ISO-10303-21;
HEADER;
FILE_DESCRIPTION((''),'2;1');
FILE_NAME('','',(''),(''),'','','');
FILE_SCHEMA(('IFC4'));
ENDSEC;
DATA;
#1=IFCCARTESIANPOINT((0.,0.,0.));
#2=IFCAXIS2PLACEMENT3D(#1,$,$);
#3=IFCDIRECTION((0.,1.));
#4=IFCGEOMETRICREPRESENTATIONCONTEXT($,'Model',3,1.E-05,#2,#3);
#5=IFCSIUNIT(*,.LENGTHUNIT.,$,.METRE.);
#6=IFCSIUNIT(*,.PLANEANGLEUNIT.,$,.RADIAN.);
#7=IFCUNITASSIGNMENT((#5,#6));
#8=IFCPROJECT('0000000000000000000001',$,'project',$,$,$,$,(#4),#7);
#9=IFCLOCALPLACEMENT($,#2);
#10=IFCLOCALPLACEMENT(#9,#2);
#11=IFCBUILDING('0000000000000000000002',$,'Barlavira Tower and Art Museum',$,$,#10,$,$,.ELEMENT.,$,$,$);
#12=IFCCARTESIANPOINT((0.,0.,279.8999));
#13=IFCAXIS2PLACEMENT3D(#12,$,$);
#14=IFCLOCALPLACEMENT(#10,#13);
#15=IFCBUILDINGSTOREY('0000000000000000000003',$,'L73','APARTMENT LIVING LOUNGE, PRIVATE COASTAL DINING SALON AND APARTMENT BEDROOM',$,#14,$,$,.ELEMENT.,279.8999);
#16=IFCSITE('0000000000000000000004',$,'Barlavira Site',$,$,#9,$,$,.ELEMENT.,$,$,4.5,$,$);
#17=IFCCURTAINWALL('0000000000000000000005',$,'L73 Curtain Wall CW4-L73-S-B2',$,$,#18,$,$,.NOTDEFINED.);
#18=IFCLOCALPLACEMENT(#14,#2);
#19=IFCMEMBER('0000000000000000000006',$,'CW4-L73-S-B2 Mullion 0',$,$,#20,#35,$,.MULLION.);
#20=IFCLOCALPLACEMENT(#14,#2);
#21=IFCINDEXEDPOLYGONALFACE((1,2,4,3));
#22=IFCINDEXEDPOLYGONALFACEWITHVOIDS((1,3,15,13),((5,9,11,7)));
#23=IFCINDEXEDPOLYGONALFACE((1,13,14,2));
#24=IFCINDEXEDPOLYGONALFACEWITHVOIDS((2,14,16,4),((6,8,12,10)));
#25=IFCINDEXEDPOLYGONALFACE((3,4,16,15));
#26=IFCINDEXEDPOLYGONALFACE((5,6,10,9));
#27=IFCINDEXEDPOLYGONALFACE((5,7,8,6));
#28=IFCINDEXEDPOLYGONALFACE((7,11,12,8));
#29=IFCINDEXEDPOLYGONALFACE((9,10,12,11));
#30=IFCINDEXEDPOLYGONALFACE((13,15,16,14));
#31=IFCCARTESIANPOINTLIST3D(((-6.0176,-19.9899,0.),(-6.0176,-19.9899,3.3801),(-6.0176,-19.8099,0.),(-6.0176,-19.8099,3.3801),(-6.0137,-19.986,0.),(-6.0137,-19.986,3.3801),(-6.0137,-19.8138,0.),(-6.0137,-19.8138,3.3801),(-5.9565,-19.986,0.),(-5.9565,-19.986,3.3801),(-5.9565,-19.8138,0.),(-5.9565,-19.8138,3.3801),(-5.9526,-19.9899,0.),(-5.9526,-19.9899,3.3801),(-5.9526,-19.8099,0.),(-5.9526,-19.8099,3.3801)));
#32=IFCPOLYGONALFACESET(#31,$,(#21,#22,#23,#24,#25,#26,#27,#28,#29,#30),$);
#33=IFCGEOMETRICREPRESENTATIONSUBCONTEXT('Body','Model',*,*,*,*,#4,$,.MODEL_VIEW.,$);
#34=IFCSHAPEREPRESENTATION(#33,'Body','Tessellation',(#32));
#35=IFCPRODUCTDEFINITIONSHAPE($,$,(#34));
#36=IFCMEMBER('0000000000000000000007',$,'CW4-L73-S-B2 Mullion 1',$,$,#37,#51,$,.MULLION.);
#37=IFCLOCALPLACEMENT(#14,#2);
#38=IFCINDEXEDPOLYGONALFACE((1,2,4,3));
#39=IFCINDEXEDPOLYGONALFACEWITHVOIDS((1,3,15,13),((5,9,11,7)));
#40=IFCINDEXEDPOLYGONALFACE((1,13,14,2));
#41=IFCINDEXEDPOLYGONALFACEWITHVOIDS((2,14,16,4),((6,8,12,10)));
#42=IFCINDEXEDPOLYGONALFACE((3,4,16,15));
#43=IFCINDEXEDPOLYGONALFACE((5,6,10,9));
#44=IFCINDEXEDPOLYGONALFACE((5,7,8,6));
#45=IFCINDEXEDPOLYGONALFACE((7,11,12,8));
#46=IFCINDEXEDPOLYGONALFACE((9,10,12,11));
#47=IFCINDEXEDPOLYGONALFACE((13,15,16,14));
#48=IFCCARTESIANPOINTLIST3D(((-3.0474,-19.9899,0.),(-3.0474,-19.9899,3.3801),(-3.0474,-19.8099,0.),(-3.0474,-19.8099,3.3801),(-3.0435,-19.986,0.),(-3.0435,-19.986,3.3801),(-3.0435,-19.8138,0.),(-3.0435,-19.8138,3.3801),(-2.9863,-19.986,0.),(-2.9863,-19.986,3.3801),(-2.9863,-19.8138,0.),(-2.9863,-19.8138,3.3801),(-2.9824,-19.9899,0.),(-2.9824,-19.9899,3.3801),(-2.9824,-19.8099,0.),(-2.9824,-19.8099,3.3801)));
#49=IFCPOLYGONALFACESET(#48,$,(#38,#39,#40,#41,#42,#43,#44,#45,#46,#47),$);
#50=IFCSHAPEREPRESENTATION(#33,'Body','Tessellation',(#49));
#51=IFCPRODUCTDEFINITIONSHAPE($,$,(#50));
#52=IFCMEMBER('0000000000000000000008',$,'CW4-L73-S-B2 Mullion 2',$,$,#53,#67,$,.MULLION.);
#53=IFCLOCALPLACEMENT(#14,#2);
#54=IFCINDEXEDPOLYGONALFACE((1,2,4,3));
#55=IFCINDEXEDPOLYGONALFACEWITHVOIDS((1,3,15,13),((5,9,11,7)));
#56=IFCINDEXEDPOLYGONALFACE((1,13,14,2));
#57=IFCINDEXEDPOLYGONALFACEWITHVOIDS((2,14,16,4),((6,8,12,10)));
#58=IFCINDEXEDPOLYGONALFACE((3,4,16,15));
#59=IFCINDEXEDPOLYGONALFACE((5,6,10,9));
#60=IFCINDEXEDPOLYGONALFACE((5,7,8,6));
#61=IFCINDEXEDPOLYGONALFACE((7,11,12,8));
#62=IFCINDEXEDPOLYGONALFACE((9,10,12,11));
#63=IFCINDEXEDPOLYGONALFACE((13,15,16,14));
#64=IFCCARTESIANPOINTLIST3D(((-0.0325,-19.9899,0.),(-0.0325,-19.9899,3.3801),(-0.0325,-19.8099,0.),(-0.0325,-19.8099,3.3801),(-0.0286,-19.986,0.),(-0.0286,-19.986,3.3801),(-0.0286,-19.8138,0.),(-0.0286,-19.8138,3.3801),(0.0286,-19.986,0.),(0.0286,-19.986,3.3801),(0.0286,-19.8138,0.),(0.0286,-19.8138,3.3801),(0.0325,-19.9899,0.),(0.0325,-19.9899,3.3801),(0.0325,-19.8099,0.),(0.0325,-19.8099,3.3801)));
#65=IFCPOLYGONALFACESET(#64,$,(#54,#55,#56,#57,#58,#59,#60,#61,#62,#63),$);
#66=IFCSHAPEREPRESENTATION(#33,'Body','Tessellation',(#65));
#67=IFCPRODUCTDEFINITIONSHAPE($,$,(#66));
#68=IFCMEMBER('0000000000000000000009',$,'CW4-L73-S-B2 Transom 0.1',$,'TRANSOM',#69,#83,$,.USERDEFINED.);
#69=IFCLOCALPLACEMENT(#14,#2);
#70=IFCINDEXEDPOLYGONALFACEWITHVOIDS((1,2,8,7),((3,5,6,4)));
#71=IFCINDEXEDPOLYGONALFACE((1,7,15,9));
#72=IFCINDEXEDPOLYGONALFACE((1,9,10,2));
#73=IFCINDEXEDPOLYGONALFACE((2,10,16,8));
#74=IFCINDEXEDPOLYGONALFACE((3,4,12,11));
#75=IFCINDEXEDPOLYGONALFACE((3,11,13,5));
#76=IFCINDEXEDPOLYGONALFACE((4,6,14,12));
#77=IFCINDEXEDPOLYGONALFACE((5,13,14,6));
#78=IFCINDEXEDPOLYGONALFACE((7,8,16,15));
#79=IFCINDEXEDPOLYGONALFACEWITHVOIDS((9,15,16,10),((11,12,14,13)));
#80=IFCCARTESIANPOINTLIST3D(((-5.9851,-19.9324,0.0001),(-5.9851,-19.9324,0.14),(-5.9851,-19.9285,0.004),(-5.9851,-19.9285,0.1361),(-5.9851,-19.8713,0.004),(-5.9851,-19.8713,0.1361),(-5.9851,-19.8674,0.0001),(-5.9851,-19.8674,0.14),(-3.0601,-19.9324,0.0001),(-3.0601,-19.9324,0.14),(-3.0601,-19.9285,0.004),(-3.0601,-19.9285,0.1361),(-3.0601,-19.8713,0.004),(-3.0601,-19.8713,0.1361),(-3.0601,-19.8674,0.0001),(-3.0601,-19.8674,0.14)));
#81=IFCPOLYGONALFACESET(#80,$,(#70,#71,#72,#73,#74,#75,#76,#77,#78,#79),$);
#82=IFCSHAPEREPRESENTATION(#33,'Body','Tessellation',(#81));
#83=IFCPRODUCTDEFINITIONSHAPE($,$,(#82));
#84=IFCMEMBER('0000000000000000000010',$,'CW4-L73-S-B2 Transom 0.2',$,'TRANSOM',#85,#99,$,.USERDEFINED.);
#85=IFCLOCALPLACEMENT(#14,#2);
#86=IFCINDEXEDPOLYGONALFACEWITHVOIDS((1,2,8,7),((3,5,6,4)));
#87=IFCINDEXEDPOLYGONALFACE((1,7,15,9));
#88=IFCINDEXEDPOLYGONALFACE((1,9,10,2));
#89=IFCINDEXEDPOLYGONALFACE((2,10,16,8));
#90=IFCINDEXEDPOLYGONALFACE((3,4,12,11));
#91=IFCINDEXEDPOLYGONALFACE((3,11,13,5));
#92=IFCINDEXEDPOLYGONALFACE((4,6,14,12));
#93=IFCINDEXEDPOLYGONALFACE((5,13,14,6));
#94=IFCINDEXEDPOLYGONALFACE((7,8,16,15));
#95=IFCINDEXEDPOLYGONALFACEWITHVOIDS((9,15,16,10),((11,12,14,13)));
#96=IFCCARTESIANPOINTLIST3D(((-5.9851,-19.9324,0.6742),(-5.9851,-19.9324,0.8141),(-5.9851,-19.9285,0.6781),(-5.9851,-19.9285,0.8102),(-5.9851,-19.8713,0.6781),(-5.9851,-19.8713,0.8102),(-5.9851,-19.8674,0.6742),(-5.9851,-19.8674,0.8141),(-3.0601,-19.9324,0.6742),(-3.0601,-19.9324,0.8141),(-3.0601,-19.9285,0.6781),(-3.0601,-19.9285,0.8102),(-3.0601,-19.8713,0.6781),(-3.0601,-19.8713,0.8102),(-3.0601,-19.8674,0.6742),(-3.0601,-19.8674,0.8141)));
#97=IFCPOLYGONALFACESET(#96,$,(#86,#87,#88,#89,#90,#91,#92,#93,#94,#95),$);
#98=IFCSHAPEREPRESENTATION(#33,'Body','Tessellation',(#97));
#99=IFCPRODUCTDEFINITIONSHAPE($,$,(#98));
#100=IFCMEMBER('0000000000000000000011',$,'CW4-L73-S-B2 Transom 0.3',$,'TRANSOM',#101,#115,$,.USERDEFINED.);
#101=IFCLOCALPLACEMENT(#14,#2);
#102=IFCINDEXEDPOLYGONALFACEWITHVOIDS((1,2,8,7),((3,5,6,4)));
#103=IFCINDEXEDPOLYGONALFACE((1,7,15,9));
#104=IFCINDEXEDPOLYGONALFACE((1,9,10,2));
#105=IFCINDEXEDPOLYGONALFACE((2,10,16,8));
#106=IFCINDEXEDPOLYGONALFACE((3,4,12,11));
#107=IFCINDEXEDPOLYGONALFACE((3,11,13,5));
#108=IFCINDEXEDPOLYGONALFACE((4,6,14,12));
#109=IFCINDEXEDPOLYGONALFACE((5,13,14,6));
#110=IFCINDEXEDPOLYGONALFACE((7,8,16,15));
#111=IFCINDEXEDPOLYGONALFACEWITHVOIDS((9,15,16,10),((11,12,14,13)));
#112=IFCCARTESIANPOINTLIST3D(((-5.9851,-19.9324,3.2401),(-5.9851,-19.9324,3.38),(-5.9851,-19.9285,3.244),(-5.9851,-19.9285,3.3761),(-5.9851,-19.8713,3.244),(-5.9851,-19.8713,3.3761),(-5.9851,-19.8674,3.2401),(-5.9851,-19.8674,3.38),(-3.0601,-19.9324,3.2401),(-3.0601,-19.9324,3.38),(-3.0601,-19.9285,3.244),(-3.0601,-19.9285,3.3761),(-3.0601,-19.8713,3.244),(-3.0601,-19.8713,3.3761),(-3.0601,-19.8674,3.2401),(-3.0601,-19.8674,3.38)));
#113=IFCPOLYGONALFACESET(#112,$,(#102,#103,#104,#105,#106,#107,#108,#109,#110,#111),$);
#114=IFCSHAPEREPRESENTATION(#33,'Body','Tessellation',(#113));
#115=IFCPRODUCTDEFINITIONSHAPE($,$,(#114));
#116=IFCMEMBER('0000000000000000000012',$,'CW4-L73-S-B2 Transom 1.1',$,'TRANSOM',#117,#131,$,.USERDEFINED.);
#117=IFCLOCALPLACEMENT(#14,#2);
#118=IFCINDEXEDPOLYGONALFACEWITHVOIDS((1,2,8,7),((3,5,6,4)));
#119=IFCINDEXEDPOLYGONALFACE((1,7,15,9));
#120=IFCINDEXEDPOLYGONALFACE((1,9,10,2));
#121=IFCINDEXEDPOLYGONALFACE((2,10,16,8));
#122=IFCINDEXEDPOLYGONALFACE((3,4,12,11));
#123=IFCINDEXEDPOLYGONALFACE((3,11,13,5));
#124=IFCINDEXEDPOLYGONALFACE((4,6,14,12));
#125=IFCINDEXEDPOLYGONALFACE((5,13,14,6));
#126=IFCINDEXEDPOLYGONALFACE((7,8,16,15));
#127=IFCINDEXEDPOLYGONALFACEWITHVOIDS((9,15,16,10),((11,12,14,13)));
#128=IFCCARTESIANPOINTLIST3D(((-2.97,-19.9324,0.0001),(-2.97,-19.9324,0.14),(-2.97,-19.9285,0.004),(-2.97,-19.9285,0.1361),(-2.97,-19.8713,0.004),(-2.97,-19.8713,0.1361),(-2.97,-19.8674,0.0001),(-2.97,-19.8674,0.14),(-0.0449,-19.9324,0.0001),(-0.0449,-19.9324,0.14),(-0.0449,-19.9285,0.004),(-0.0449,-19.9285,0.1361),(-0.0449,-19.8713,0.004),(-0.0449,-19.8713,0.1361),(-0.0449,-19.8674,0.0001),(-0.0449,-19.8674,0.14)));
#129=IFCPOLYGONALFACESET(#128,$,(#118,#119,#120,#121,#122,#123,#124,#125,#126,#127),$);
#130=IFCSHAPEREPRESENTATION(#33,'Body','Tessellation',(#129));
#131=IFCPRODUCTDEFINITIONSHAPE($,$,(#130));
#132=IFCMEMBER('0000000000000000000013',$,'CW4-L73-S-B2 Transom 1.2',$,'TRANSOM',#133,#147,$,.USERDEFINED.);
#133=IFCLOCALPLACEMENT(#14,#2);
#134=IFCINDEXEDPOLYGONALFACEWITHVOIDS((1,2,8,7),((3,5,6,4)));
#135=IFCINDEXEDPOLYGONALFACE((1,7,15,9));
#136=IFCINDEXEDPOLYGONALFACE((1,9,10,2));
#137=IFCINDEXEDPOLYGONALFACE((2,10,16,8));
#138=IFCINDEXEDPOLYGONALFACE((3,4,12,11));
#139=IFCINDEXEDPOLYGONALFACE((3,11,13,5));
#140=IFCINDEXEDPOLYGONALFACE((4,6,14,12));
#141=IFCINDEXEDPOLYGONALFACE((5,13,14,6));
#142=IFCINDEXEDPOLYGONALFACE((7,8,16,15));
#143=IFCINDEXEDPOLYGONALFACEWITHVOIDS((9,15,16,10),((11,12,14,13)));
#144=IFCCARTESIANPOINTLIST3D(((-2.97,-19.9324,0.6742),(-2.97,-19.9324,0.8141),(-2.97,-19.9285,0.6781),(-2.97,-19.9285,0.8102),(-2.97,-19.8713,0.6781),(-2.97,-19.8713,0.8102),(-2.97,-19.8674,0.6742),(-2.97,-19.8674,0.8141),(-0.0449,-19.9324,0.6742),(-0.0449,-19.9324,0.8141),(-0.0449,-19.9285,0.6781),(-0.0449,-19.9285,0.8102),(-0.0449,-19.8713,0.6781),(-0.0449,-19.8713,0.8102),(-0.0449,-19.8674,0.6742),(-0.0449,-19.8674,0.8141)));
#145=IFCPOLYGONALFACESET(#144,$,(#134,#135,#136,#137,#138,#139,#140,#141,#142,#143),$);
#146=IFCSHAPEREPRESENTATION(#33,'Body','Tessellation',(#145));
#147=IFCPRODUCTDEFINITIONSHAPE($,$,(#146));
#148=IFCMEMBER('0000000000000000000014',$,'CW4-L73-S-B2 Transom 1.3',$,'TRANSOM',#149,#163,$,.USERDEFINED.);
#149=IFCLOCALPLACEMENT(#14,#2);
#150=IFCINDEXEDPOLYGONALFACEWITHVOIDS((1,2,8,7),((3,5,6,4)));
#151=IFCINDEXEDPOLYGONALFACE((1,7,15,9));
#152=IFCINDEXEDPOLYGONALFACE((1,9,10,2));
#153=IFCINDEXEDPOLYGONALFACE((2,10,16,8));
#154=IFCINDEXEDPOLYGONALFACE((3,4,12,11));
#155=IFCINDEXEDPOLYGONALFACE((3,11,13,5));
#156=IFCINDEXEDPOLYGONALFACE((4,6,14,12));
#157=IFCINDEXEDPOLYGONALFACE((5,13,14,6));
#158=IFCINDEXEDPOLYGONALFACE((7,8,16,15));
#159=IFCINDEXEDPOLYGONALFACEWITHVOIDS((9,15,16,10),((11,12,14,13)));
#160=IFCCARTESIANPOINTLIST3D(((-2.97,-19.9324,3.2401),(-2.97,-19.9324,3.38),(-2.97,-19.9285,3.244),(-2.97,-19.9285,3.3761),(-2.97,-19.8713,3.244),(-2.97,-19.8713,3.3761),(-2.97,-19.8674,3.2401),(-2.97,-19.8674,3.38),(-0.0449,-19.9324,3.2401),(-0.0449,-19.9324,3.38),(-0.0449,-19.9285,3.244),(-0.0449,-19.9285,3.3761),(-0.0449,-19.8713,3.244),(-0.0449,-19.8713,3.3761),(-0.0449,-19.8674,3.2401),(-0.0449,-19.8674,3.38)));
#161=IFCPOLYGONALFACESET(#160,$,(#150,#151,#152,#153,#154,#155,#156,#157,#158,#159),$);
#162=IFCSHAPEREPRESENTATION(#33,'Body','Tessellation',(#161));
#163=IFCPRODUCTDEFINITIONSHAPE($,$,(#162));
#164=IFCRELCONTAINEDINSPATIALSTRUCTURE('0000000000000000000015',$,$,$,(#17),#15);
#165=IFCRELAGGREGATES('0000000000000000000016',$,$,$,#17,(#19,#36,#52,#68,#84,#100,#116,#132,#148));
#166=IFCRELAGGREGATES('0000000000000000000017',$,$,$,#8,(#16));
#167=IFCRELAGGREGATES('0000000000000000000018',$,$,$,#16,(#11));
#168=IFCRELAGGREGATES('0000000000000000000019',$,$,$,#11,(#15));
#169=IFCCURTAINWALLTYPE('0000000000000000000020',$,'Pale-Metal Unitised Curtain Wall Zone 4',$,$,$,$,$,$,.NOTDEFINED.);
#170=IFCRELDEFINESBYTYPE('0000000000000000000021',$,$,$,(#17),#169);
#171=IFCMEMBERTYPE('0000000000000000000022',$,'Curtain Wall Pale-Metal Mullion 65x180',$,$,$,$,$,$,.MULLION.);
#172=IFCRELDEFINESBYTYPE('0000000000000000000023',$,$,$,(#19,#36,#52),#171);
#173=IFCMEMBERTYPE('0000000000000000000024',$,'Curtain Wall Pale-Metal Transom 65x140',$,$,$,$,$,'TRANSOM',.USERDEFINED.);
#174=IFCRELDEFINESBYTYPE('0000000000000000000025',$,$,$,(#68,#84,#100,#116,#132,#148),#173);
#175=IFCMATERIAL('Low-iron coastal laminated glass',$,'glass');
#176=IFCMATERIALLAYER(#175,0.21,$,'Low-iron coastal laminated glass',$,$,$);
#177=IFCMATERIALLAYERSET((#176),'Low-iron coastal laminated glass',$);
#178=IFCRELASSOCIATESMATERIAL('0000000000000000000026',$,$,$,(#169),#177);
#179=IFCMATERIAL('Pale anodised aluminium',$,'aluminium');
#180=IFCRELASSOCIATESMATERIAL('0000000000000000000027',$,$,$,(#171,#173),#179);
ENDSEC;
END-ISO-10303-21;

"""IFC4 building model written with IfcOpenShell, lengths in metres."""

from ifc_helpers import new_model, si_unit, direction, frame, origin, origin_2d, place, context, subcontext, project, spatial, hollow_rectangle, extrude, material, layer, layer_set, material_profile, profile_set, type_object, element, aggregate, save


model = new_model("IFC4")

# Units and contexts
model_context = context("Model", 3, precision=1e-05, world=origin(), true_north=direction((0.0, 1.0)))
body_context = subcontext(model_context, "Body", "Model", "MODEL_VIEW")
ifc_project = project(units=[si_unit("LENGTHUNIT", "METRE"), si_unit("PLANEANGLEUNIT", "RADIAN")], contexts=[model_context])

# Site, building, storey
site_placement = place(None, origin())
site = spatial("IfcSite", under=ifc_project, at=site_placement, Name="Barlavira Site", CompositionType="ELEMENT", RefElevation=4.5)
building_placement = place(site_placement, origin())
building = spatial("IfcBuilding", under=site, at=building_placement, Name="Barlavira Tower and Art Museum", CompositionType="ELEMENT")
storey_placement = place(building_placement, frame((0.0, 0.0, 279.8999)))
storey = spatial("IfcBuildingStorey", under=building, at=storey_placement, Name="L73", Description="APARTMENT LIVING LOUNGE, PRIVATE COASTAL DINING SALON AND APARTMENT BEDROOM", CompositionType="ELEMENT", Elevation=279.8999)

# Curtain wall, members
ifc_material_1 = material(Name="Low-iron coastal laminated glass", Category="glass")
ifc_layer_1 = layer(ifc_material_1, 0.21, Name="Low-iron coastal laminated glass")
ifc_layer_set_1 = layer_set([ifc_layer_1], Name="Low-iron coastal laminated glass")
curtain_wall_type = type_object("IfcCurtainWallType", Name="Pale-Metal Unitised Curtain Wall Zone 4", PredefinedType="NOTDEFINED", material=ifc_layer_set_1)
curtain_wall_placement = place(storey_placement, origin())
curtain_wall = element("IfcCurtainWall", 1, at=curtain_wall_placement, inside=storey, type_object=curtain_wall_type, Name="L73 Curtain Wall CW4-L73-S-B2", PredefinedType="NOTDEFINED")
ifc_material_2 = material(Name="Pale anodised aluminium", Category="aluminium")
ifc_material_profile_1 = material_profile(ifc_material_2, hollow_rectangle(XDim=0.0649, YDim=0.1799, WallThickness=0.0039, at=origin_2d()), Name="ALU-MULL 65x180x4")
ifc_profile_set_1 = profile_set([ifc_material_profile_1], Name="Pale anodised aluminium")
member_type_1 = type_object("IfcMemberType", Name="Curtain Wall Pale-Metal Mullion 65x180", PredefinedType="MULLION", material=ifc_profile_set_1)
member_1_placement = place(storey_placement, frame((-5.9851, -19.8999, 0.0), z_axis=(0.0, 0.0, 1.0), x_axis=(1.0, 0.0, 0.0)))
member_1 = element("IfcMember", 2, at=member_1_placement, type_object=member_type_1, Name="CW4-L73-S-B2 Mullion 0", PredefinedType="MULLION", context=body_context, shape_type="SweptSolid", body=[
    extrude(hollow_rectangle(XDim=0.0649, YDim=0.1799, WallThickness=0.0039, at=origin_2d()), origin(), (0.0, 0.0, 1.0), 3.3801),
])
member_2_placement = place(storey_placement, frame((-3.0149, -19.8999, 0.0), z_axis=(0.0, 0.0, 1.0), x_axis=(1.0, 0.0, 0.0)))
member_2 = element("IfcMember", 3, at=member_2_placement, type_object=member_type_1, Name="CW4-L73-S-B2 Mullion 1", PredefinedType="MULLION", context=body_context, shape_type="SweptSolid", body=[
    extrude(hollow_rectangle(XDim=0.0649, YDim=0.1799, WallThickness=0.0039, at=origin_2d()), origin(), (0.0, 0.0, 1.0), 3.3801),
])
member_3_placement = place(storey_placement, frame((0.0, -19.8999, 0.0), z_axis=(0.0, 0.0, 1.0), x_axis=(1.0, 0.0, 0.0)))
member_3 = element("IfcMember", 4, at=member_3_placement, type_object=member_type_1, Name="CW4-L73-S-B2 Mullion 2", PredefinedType="MULLION", context=body_context, shape_type="SweptSolid", body=[
    extrude(hollow_rectangle(XDim=0.0649, YDim=0.1799, WallThickness=0.0039, at=origin_2d()), origin(), (0.0, 0.0, 1.0), 3.3801),
])
ifc_material_profile_2 = material_profile(ifc_material_2, hollow_rectangle(XDim=0.0649, YDim=0.1399, WallThickness=0.0039, at=origin_2d()), Name="ALU-TRAN 65x140x4")
ifc_profile_set_2 = profile_set([ifc_material_profile_2], Name="Pale anodised aluminium")
member_type_2 = type_object("IfcMemberType", Name="Curtain Wall Pale-Metal Transom 65x140", ElementType="TRANSOM", PredefinedType="USERDEFINED", material=ifc_profile_set_2)
member_4_placement = place(storey_placement, frame((-5.9851, -19.8999, 0.0701), z_axis=(1.0, 0.0, 0.0), x_axis=(0.0, 1.0, 0.0)))
member_4 = element("IfcMember", 5, at=member_4_placement, type_object=member_type_2, Name="CW4-L73-S-B2 Transom 0.1", ObjectType="TRANSOM", PredefinedType="USERDEFINED", context=body_context, shape_type="SweptSolid", body=[
    extrude(hollow_rectangle(XDim=0.0649, YDim=0.1399, WallThickness=0.0039, at=origin_2d()), origin(), (0.0, 0.0, 1.0), 2.925),
])
member_5_placement = place(storey_placement, frame((-5.9851, -19.8999, 0.7441), z_axis=(1.0, 0.0, 0.0), x_axis=(0.0, 1.0, 0.0)))
member_5 = element("IfcMember", 6, at=member_5_placement, type_object=member_type_2, Name="CW4-L73-S-B2 Transom 0.2", ObjectType="TRANSOM", PredefinedType="USERDEFINED", context=body_context, shape_type="SweptSolid", body=[
    extrude(hollow_rectangle(XDim=0.0649, YDim=0.1399, WallThickness=0.0039, at=origin_2d()), origin(), (0.0, 0.0, 1.0), 2.925),
])
member_6_placement = place(storey_placement, frame((-5.9851, -19.8999, 3.3101), z_axis=(1.0, 0.0, 0.0), x_axis=(0.0, 1.0, 0.0)))
member_6 = element("IfcMember", 7, at=member_6_placement, type_object=member_type_2, Name="CW4-L73-S-B2 Transom 0.3", ObjectType="TRANSOM", PredefinedType="USERDEFINED", context=body_context, shape_type="SweptSolid", body=[
    extrude(hollow_rectangle(XDim=0.0649, YDim=0.1399, WallThickness=0.0039, at=origin_2d()), origin(), (0.0, 0.0, 1.0), 2.925),
])
member_7_placement = place(storey_placement, frame((-2.97, -19.8999, 0.0701), z_axis=(1.0, 0.0, 0.0), x_axis=(0.0, 1.0, 0.0)))
member_7 = element("IfcMember", 8, at=member_7_placement, type_object=member_type_2, Name="CW4-L73-S-B2 Transom 1.1", ObjectType="TRANSOM", PredefinedType="USERDEFINED", context=body_context, shape_type="SweptSolid", body=[
    extrude(hollow_rectangle(XDim=0.0649, YDim=0.1399, WallThickness=0.0039, at=origin_2d()), origin(), (0.0, 0.0, 1.0), 2.925),
])
member_8_placement = place(storey_placement, frame((-2.97, -19.8999, 0.7441), z_axis=(1.0, 0.0, 0.0), x_axis=(0.0, 1.0, 0.0)))
member_8 = element("IfcMember", 9, at=member_8_placement, type_object=member_type_2, Name="CW4-L73-S-B2 Transom 1.2", ObjectType="TRANSOM", PredefinedType="USERDEFINED", context=body_context, shape_type="SweptSolid", body=[
    extrude(hollow_rectangle(XDim=0.0649, YDim=0.1399, WallThickness=0.0039, at=origin_2d()), origin(), (0.0, 0.0, 1.0), 2.925),
])
member_9_placement = place(storey_placement, frame((-2.97, -19.8999, 3.3101), z_axis=(1.0, 0.0, 0.0), x_axis=(0.0, 1.0, 0.0)))
member_9 = element("IfcMember", 10, at=member_9_placement, type_object=member_type_2, Name="CW4-L73-S-B2 Transom 1.3", ObjectType="TRANSOM", PredefinedType="USERDEFINED", context=body_context, shape_type="SweptSolid", body=[
    extrude(hollow_rectangle(XDim=0.0649, YDim=0.1399, WallThickness=0.0039, at=origin_2d()), origin(), (0.0, 0.0, 1.0), 2.925),
])

aggregate(curtain_wall, [member_1, member_2, member_3, member_4, member_5, member_6, member_7, member_8, member_9])

save(model, "model.ifc")
